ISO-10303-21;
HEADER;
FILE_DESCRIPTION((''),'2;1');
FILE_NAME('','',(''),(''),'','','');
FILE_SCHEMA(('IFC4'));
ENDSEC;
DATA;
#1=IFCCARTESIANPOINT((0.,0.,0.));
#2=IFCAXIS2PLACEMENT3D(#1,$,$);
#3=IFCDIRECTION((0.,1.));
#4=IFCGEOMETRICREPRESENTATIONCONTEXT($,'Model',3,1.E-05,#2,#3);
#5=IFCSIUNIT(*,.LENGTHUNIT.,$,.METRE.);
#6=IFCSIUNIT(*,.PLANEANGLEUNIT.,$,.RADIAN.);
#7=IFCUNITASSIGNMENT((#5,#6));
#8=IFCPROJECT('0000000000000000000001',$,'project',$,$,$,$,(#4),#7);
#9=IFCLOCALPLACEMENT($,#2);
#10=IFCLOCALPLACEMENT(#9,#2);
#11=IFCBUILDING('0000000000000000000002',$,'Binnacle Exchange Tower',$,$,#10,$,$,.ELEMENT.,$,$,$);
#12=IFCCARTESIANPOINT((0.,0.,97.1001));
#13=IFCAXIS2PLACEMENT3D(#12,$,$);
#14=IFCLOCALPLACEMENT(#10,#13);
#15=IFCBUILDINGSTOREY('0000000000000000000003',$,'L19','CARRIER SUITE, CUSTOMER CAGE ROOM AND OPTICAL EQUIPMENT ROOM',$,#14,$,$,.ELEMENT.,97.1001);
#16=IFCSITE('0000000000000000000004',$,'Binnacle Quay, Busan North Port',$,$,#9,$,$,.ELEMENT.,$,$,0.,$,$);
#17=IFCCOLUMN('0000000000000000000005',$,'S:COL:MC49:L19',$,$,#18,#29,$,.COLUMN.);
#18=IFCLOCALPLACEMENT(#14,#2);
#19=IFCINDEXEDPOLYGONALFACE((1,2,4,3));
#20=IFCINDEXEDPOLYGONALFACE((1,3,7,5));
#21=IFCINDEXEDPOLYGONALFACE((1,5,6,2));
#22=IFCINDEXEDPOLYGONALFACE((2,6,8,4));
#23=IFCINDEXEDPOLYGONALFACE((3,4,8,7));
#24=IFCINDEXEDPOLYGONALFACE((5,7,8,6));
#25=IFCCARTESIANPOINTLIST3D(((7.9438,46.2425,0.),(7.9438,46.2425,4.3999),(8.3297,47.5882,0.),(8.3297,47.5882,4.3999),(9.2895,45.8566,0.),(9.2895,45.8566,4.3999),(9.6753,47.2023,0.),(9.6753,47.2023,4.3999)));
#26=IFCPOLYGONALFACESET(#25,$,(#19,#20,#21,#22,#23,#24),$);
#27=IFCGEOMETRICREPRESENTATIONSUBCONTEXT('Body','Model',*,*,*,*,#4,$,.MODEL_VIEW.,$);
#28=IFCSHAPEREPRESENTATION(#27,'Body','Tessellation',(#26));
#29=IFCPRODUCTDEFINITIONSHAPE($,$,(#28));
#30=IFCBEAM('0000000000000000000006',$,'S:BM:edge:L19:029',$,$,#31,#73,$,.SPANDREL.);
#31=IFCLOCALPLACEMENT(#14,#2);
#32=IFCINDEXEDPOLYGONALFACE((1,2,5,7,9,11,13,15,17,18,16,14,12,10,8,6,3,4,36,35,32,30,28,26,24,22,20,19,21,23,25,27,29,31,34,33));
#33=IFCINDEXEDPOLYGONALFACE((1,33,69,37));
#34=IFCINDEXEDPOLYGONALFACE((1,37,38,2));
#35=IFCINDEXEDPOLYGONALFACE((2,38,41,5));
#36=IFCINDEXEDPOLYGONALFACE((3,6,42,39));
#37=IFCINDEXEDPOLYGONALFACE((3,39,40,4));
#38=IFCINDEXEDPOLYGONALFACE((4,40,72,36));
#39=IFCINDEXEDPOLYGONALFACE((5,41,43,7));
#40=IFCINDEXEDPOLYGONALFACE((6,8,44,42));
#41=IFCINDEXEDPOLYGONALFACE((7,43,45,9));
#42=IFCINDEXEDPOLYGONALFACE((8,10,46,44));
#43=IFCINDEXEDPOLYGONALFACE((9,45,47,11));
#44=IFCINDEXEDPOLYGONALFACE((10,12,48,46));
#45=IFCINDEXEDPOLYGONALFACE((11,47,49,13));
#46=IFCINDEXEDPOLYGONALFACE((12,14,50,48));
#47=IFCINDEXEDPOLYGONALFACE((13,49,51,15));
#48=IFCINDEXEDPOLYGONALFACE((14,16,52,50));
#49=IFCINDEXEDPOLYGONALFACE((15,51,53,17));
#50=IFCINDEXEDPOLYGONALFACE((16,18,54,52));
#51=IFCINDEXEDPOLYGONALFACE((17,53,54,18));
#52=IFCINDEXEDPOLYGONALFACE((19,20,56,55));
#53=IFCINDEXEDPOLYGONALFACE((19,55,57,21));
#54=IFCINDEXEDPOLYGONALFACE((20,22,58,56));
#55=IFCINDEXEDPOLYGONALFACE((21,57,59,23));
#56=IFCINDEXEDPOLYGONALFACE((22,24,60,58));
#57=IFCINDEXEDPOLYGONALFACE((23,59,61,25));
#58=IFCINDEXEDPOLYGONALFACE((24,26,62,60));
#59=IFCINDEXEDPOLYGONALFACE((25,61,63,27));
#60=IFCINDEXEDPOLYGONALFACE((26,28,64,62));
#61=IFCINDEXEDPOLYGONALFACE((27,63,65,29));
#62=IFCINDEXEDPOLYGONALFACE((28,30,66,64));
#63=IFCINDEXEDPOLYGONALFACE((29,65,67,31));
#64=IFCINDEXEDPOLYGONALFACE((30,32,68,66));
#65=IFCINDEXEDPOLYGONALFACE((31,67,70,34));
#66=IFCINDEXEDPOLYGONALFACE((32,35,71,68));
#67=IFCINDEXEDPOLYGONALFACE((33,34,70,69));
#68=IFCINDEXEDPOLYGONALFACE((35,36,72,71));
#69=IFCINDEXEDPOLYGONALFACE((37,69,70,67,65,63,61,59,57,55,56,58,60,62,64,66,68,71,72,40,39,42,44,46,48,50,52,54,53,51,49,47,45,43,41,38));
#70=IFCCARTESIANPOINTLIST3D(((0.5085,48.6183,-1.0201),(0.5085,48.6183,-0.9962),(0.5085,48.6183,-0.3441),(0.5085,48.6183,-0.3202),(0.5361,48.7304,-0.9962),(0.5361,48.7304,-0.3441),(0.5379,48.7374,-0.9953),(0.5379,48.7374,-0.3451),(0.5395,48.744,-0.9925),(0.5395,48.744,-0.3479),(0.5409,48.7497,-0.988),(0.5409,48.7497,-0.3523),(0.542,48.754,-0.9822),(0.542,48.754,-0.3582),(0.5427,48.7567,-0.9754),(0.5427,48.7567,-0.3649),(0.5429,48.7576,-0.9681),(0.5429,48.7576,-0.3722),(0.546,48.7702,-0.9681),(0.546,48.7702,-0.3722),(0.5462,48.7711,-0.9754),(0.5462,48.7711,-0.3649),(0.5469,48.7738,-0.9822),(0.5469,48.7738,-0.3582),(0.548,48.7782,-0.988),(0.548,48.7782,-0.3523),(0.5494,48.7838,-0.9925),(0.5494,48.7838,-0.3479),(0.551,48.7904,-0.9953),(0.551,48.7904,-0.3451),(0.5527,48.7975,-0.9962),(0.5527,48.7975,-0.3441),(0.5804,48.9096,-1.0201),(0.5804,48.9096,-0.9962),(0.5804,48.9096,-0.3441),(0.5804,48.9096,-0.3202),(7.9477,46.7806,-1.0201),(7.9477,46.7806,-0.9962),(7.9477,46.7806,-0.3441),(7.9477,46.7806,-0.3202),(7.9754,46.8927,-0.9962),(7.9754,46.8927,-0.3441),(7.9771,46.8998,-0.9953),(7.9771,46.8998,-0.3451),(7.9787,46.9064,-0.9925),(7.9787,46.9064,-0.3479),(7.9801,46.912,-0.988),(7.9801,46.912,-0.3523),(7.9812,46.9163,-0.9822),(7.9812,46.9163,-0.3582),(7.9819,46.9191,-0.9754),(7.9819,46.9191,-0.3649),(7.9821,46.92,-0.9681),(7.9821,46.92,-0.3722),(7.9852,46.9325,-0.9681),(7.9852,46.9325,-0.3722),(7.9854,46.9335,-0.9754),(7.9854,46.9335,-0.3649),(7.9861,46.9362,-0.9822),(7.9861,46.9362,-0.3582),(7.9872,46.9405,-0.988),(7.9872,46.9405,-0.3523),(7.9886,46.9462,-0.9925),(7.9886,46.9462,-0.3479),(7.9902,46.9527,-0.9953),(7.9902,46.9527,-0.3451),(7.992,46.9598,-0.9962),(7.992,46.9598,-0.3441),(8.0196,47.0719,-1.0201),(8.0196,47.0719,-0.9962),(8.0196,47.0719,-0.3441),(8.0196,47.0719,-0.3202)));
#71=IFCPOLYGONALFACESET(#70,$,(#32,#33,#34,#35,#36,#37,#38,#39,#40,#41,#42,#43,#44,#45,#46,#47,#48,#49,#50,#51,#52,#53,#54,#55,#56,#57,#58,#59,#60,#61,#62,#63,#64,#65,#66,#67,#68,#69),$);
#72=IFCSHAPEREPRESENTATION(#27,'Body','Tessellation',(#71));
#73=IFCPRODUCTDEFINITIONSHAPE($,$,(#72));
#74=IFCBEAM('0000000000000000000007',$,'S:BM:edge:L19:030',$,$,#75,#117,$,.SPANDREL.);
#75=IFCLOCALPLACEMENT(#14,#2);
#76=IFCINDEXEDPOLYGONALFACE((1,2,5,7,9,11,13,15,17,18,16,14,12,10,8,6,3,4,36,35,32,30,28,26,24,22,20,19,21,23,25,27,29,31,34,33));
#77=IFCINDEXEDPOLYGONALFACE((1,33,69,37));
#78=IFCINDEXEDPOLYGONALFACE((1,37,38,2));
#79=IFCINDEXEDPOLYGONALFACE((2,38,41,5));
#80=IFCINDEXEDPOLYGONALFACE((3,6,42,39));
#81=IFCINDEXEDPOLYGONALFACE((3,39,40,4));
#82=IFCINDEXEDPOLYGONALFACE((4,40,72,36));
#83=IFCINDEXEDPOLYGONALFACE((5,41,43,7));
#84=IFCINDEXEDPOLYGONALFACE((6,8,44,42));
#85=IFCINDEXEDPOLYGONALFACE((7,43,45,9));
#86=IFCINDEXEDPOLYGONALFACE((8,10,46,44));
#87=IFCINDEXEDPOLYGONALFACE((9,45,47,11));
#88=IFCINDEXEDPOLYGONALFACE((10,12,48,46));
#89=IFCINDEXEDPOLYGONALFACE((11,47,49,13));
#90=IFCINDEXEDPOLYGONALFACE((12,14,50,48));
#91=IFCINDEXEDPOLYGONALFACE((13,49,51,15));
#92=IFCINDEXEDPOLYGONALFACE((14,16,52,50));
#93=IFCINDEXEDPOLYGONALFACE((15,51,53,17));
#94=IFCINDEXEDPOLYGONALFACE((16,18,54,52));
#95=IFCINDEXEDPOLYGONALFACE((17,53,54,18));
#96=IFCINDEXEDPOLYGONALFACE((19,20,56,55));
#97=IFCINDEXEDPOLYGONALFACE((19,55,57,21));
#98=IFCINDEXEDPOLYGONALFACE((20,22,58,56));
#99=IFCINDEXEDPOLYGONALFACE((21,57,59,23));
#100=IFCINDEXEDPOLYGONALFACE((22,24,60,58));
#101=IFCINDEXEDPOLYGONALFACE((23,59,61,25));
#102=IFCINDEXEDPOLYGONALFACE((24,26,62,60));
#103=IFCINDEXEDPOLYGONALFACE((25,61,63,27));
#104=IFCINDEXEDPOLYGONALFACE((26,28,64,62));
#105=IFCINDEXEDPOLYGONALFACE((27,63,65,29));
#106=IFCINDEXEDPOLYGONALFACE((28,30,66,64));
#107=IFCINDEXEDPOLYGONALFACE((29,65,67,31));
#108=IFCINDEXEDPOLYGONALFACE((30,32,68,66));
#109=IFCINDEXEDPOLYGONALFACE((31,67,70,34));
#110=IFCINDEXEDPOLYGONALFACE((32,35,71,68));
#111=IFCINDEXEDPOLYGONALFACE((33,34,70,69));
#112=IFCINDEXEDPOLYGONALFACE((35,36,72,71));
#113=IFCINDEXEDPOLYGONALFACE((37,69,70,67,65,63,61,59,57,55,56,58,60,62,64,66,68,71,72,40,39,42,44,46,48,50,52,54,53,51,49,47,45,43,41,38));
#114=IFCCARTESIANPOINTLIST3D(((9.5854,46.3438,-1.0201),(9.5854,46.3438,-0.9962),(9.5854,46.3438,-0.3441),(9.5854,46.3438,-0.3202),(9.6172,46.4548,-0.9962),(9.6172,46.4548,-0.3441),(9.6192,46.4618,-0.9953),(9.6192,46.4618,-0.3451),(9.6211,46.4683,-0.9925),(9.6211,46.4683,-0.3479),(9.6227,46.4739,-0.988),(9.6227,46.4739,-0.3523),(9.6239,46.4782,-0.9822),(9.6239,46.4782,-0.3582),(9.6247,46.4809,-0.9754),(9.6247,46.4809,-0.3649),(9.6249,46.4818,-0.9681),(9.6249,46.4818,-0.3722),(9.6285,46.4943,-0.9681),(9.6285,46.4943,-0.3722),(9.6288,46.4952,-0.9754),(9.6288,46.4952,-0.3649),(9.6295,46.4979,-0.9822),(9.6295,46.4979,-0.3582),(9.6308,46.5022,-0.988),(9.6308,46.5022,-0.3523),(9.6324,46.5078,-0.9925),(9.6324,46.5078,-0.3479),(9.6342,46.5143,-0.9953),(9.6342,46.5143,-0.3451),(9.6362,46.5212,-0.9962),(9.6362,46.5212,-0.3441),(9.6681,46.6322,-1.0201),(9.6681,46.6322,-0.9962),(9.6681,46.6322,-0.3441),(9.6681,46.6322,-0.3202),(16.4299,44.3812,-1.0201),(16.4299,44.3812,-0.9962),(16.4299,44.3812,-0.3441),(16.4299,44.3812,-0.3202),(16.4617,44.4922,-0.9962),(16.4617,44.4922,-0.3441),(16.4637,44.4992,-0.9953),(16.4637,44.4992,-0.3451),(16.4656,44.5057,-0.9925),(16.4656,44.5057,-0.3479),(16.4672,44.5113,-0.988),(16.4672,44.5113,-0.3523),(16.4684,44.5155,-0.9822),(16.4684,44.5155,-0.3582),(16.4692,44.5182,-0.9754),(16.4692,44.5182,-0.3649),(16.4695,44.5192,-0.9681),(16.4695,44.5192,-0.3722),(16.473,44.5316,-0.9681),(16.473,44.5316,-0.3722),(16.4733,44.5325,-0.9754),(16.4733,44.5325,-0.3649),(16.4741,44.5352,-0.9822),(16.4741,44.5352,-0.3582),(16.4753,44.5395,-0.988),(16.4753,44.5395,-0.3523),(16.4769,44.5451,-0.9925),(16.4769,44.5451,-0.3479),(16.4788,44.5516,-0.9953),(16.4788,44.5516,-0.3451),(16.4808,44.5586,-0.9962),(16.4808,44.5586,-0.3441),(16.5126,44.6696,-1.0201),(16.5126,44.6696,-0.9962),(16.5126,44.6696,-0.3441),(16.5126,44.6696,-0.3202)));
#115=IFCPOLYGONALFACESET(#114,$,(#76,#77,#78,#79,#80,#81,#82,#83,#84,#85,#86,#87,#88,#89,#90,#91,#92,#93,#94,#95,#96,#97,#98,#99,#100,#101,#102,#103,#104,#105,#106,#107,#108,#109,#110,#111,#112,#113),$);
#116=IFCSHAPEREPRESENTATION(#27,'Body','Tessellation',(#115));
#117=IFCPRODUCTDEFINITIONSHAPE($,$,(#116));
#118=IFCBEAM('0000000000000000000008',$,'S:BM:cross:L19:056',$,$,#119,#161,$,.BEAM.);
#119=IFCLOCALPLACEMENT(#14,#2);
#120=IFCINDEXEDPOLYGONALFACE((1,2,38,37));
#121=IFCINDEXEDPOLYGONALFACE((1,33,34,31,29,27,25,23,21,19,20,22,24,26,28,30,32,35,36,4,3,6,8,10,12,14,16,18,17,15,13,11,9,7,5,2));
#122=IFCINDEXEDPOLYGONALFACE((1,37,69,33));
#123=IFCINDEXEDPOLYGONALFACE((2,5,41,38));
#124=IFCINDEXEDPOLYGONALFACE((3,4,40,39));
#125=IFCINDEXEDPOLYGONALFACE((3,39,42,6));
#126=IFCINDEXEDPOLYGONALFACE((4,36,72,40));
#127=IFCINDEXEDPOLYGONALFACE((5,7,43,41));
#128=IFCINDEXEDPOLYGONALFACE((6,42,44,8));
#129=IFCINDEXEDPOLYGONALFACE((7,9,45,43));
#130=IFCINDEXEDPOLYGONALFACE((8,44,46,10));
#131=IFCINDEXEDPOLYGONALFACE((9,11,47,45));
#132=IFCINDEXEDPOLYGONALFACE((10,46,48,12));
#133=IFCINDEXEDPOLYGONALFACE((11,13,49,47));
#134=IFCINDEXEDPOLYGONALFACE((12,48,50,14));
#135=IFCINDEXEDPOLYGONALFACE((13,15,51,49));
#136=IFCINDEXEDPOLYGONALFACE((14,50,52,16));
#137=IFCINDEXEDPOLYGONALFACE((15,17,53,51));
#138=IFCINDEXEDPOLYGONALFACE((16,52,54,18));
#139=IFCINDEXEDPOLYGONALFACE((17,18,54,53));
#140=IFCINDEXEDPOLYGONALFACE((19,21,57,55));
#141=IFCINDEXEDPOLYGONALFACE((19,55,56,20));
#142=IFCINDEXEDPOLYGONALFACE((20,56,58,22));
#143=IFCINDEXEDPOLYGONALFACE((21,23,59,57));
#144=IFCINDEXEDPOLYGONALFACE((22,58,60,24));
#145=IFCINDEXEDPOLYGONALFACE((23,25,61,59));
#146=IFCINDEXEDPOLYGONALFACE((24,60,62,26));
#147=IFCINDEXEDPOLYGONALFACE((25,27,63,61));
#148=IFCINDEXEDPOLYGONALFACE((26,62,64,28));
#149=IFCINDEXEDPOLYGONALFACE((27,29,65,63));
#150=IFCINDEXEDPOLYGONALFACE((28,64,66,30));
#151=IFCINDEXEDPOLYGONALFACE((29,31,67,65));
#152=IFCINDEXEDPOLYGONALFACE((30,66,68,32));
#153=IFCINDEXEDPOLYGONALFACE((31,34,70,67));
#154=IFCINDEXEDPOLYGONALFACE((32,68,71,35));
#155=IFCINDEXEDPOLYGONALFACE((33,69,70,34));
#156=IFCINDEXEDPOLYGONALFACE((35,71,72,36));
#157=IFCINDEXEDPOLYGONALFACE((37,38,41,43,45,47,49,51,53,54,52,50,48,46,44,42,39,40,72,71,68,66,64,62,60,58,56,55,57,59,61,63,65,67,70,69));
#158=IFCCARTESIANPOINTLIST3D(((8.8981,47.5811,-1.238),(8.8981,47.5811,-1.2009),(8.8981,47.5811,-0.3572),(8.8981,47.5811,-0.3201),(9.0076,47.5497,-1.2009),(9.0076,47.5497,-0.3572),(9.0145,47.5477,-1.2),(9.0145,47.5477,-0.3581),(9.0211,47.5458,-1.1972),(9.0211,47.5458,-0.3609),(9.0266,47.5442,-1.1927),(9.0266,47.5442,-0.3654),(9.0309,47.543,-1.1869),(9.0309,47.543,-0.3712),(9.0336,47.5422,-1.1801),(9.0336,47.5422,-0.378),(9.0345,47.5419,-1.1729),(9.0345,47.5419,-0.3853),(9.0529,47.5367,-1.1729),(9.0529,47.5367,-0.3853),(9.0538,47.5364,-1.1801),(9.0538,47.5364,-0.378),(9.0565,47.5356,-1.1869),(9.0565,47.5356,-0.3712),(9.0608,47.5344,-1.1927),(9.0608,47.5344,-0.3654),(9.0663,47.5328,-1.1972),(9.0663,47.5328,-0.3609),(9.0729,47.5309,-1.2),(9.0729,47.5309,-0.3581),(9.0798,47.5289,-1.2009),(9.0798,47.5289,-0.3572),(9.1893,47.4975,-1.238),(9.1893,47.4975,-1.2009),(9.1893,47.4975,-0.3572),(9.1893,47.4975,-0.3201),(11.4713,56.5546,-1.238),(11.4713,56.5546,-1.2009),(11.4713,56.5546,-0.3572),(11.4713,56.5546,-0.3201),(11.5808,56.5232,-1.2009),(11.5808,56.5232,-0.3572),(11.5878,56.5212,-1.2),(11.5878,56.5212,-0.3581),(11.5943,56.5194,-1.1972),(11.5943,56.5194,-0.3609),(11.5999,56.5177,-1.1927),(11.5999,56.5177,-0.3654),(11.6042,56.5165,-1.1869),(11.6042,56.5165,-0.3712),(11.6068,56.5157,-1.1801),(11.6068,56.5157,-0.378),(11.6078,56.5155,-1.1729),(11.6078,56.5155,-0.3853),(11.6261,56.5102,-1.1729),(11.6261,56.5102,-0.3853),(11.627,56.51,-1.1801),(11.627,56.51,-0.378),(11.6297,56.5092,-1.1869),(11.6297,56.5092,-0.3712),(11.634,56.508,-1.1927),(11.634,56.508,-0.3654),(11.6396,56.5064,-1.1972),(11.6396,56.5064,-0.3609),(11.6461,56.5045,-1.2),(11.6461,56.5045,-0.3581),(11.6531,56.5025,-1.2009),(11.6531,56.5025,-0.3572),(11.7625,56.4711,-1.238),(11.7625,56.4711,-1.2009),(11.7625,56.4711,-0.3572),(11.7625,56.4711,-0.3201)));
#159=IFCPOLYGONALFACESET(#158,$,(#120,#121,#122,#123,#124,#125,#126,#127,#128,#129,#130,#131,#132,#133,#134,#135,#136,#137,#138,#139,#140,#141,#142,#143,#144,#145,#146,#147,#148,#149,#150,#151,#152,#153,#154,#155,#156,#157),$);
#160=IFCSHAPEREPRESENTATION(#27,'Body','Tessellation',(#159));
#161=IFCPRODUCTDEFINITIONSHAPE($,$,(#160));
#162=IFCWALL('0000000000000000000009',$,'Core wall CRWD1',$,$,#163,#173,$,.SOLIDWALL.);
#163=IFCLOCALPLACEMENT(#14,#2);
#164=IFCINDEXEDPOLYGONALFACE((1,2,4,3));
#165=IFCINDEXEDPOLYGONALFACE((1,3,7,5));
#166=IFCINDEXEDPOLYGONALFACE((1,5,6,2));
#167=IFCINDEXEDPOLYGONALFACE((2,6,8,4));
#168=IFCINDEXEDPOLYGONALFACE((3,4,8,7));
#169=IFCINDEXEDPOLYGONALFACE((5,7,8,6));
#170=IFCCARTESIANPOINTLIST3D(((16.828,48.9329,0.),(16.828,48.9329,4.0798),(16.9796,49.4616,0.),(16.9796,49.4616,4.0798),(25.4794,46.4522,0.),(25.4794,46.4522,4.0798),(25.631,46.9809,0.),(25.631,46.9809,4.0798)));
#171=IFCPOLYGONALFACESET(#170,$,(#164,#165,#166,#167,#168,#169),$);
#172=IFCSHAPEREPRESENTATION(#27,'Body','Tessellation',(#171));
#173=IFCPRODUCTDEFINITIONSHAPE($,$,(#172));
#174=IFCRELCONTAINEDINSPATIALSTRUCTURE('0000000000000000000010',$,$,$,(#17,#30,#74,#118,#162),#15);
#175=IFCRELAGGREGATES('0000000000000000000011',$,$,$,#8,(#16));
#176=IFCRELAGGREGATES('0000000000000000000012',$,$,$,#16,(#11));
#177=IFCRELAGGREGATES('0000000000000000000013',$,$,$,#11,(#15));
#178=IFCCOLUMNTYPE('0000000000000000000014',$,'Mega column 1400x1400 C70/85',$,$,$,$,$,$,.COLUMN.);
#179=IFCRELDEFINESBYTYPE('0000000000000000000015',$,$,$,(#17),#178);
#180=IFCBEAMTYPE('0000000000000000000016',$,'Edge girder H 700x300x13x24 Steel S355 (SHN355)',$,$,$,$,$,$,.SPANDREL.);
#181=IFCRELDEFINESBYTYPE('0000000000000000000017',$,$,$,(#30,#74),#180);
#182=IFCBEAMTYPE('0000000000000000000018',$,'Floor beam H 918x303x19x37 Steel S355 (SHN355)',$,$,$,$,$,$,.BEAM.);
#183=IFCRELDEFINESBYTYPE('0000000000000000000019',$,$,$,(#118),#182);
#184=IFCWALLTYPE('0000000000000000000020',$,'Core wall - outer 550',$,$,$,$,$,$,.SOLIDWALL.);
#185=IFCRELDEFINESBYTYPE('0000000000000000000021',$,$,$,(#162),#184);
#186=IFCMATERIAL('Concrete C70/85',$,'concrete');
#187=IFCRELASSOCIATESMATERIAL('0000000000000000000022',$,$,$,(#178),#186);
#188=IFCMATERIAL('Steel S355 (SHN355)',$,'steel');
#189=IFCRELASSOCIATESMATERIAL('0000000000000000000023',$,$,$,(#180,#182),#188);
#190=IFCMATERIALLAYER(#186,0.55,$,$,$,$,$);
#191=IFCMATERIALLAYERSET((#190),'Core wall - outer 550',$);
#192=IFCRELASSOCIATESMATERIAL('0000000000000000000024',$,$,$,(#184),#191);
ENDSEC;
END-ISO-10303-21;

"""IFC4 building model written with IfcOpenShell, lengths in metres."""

from ifc_helpers import new_model, si_unit, direction, frame, frame_2d, origin, origin_2d, place, context, subcontext, project, spatial, rectangle, i_section, extrude, material, layer, layer_set, material_profile, profile_set, type_object, element, save


model = new_model("IFC4")

# Units and contexts
model_context = context("Model", 3, precision=1e-05, world=origin(), true_north=direction((0.0, 1.0)))
body_context = subcontext(model_context, "Body", "Model", "MODEL_VIEW")
ifc_project = project(units=[si_unit("LENGTHUNIT", "METRE"), si_unit("PLANEANGLEUNIT", "RADIAN")], contexts=[model_context])

# Site, building, storey
site_placement = place(None, origin())
site = spatial("IfcSite", under=ifc_project, at=site_placement, Name="Binnacle Quay, Busan North Port", CompositionType="ELEMENT", RefElevation=0.0)
building_placement = place(site_placement, origin())
building = spatial("IfcBuilding", under=site, at=building_placement, Name="Binnacle Exchange Tower", CompositionType="ELEMENT")
storey_placement = place(building_placement, frame((0.0, 0.0, 97.1001)))
storey = spatial("IfcBuildingStorey", under=building, at=storey_placement, Name="L19", Description="CARRIER SUITE, CUSTOMER CAGE ROOM AND OPTICAL EQUIPMENT ROOM", CompositionType="ELEMENT", Elevation=97.1001)

# Column
ifc_material_1 = material(Name="Concrete C70/85", Category="concrete")
ifc_material_profile_1 = material_profile(ifc_material_1, rectangle(XDim=1.3999, YDim=1.3999, at=origin_2d()), Name="Mega column 1400x1400 C70/85")
ifc_profile_set_1 = profile_set([ifc_material_profile_1], Name="Concrete C70/85")
column_type = type_object("IfcColumnType", Name="Mega column 1400x1400 C70/85", PredefinedType="COLUMN", material=ifc_profile_set_1)
column_placement = place(storey_placement, frame((8.8096, 46.7224, 0.0), z_axis=(0.0, 0.0, 1.0), x_axis=(0.961262, -0.275637, 0.0)))
element("IfcColumn", 1, at=column_placement, inside=storey, type_object=column_type, Name="S:COL:MC49:L19", PredefinedType="COLUMN", context=body_context, shape_type="SweptSolid", body=[
    extrude(rectangle(XDim=1.3999, YDim=1.3999, at=origin_2d()), origin(), (0.0, 0.0, 1.0), 4.3999),
])

# Beams
ifc_material_2 = material(Name="Steel S355 (SHN355)", Category="steel")
ifc_material_profile_2 = material_profile(ifc_material_2, i_section(OverallWidth=0.3, OverallDepth=0.7, WebThickness=0.0129, FlangeThickness=0.0239, FilletRadius=0.0281, at=origin_2d()), Name="H 700x300x13x24")
ifc_profile_set_2 = profile_set([ifc_material_profile_2], Name="Steel S355 (SHN355)")
beam_type_1 = type_object("IfcBeamType", Name="Edge girder H 700x300x13x24 Steel S355 (SHN355)", PredefinedType="SPANDREL", material=ifc_profile_set_2)
beam_1_placement = place(storey_placement, frame((0.5444, 48.7639, -0.6702), z_axis=(0.970819, -0.239813, 0.0), x_axis=(0.239813, 0.970819, 0.0)))
element("IfcBeam", 2, at=beam_1_placement, inside=storey, type_object=beam_type_1, Name="S:BM:edge:L19:029", PredefinedType="SPANDREL", context=body_context, shape_type="SweptSolid", body=[
    extrude(i_section(OverallWidth=0.3, OverallDepth=0.7, WebThickness=0.0129, FlangeThickness=0.0239, FilletRadius=0.0281, at=origin_2d()), origin(), (0.0, 0.0, 1.0), 7.6628),
])
beam_2_placement = place(storey_placement, frame((9.6267, 46.488, -0.6702), z_axis=(0.961261, -0.27564, 0.0), x_axis=(0.27564, 0.961261, 0.0)))
element("IfcBeam", 3, at=beam_2_placement, inside=storey, type_object=beam_type_1, Name="S:BM:edge:L19:030", PredefinedType="SPANDREL", context=body_context, shape_type="SweptSolid", body=[
    extrude(i_section(OverallWidth=0.3, OverallDepth=0.7, WebThickness=0.0129, FlangeThickness=0.0239, FilletRadius=0.0281, at=origin_2d()), origin(), (0.0, 0.0, 1.0), 7.1204),
])
ifc_material_profile_3 = material_profile(ifc_material_2, i_section(OverallWidth=0.303, OverallDepth=0.918, WebThickness=0.019, FlangeThickness=0.0371, FilletRadius=0.0281, at=origin_2d()), Name="H 918x303x19x37")
ifc_profile_set_3 = profile_set([ifc_material_profile_3], Name="Steel S355 (SHN355)")
beam_type_2 = type_object("IfcBeamType", Name="Floor beam H 918x303x19x37 Steel S355 (SHN355)", PredefinedType="BEAM", material=ifc_profile_set_3)
beam_3_placement = place(storey_placement, frame((9.0437, 47.5393, -0.7791), z_axis=(0.275647, 0.961259, 0.0), x_axis=(-0.961259, 0.275647, 0.0)))
element("IfcBeam", 4, at=beam_3_placement, inside=storey, type_object=beam_type_2, Name="S:BM:cross:L19:056", PredefinedType="BEAM", context=body_context, shape_type="SweptSolid", body=[
    extrude(i_section(OverallWidth=0.303, OverallDepth=0.918, WebThickness=0.019, FlangeThickness=0.0371, FilletRadius=0.0281, at=origin_2d()), origin(), (0.0, 0.0, 1.0), 9.3352),
])

# Wall
ifc_layer_1 = layer(ifc_material_1, 0.55)
ifc_layer_set_1 = layer_set([ifc_layer_1], Name="Core wall - outer 550")
wall_type_1 = type_object("IfcWallType", Name="Core wall - outer 550", PredefinedType="SOLIDWALL", material=ifc_layer_set_1)
wall_1_placement = place(storey_placement, frame((16.9038, 49.1973, 0.0), z_axis=(0.0, 0.0, 1.0), x_axis=(0.961262, -0.275635, 0.0)))
element("IfcWall", 5, at=wall_1_placement, inside=storey, type_object=wall_type_1, Name="Core wall CRWD1", PredefinedType="SOLIDWALL", context=body_context, shape_type="SweptSolid", body=[
    extrude(rectangle(XDim=9.0, YDim=0.55, at=frame_2d((4.5, 0.0))), origin(), (0.0, 0.0, 1.0), 4.0798),
])

save(model, "model.ifc")
